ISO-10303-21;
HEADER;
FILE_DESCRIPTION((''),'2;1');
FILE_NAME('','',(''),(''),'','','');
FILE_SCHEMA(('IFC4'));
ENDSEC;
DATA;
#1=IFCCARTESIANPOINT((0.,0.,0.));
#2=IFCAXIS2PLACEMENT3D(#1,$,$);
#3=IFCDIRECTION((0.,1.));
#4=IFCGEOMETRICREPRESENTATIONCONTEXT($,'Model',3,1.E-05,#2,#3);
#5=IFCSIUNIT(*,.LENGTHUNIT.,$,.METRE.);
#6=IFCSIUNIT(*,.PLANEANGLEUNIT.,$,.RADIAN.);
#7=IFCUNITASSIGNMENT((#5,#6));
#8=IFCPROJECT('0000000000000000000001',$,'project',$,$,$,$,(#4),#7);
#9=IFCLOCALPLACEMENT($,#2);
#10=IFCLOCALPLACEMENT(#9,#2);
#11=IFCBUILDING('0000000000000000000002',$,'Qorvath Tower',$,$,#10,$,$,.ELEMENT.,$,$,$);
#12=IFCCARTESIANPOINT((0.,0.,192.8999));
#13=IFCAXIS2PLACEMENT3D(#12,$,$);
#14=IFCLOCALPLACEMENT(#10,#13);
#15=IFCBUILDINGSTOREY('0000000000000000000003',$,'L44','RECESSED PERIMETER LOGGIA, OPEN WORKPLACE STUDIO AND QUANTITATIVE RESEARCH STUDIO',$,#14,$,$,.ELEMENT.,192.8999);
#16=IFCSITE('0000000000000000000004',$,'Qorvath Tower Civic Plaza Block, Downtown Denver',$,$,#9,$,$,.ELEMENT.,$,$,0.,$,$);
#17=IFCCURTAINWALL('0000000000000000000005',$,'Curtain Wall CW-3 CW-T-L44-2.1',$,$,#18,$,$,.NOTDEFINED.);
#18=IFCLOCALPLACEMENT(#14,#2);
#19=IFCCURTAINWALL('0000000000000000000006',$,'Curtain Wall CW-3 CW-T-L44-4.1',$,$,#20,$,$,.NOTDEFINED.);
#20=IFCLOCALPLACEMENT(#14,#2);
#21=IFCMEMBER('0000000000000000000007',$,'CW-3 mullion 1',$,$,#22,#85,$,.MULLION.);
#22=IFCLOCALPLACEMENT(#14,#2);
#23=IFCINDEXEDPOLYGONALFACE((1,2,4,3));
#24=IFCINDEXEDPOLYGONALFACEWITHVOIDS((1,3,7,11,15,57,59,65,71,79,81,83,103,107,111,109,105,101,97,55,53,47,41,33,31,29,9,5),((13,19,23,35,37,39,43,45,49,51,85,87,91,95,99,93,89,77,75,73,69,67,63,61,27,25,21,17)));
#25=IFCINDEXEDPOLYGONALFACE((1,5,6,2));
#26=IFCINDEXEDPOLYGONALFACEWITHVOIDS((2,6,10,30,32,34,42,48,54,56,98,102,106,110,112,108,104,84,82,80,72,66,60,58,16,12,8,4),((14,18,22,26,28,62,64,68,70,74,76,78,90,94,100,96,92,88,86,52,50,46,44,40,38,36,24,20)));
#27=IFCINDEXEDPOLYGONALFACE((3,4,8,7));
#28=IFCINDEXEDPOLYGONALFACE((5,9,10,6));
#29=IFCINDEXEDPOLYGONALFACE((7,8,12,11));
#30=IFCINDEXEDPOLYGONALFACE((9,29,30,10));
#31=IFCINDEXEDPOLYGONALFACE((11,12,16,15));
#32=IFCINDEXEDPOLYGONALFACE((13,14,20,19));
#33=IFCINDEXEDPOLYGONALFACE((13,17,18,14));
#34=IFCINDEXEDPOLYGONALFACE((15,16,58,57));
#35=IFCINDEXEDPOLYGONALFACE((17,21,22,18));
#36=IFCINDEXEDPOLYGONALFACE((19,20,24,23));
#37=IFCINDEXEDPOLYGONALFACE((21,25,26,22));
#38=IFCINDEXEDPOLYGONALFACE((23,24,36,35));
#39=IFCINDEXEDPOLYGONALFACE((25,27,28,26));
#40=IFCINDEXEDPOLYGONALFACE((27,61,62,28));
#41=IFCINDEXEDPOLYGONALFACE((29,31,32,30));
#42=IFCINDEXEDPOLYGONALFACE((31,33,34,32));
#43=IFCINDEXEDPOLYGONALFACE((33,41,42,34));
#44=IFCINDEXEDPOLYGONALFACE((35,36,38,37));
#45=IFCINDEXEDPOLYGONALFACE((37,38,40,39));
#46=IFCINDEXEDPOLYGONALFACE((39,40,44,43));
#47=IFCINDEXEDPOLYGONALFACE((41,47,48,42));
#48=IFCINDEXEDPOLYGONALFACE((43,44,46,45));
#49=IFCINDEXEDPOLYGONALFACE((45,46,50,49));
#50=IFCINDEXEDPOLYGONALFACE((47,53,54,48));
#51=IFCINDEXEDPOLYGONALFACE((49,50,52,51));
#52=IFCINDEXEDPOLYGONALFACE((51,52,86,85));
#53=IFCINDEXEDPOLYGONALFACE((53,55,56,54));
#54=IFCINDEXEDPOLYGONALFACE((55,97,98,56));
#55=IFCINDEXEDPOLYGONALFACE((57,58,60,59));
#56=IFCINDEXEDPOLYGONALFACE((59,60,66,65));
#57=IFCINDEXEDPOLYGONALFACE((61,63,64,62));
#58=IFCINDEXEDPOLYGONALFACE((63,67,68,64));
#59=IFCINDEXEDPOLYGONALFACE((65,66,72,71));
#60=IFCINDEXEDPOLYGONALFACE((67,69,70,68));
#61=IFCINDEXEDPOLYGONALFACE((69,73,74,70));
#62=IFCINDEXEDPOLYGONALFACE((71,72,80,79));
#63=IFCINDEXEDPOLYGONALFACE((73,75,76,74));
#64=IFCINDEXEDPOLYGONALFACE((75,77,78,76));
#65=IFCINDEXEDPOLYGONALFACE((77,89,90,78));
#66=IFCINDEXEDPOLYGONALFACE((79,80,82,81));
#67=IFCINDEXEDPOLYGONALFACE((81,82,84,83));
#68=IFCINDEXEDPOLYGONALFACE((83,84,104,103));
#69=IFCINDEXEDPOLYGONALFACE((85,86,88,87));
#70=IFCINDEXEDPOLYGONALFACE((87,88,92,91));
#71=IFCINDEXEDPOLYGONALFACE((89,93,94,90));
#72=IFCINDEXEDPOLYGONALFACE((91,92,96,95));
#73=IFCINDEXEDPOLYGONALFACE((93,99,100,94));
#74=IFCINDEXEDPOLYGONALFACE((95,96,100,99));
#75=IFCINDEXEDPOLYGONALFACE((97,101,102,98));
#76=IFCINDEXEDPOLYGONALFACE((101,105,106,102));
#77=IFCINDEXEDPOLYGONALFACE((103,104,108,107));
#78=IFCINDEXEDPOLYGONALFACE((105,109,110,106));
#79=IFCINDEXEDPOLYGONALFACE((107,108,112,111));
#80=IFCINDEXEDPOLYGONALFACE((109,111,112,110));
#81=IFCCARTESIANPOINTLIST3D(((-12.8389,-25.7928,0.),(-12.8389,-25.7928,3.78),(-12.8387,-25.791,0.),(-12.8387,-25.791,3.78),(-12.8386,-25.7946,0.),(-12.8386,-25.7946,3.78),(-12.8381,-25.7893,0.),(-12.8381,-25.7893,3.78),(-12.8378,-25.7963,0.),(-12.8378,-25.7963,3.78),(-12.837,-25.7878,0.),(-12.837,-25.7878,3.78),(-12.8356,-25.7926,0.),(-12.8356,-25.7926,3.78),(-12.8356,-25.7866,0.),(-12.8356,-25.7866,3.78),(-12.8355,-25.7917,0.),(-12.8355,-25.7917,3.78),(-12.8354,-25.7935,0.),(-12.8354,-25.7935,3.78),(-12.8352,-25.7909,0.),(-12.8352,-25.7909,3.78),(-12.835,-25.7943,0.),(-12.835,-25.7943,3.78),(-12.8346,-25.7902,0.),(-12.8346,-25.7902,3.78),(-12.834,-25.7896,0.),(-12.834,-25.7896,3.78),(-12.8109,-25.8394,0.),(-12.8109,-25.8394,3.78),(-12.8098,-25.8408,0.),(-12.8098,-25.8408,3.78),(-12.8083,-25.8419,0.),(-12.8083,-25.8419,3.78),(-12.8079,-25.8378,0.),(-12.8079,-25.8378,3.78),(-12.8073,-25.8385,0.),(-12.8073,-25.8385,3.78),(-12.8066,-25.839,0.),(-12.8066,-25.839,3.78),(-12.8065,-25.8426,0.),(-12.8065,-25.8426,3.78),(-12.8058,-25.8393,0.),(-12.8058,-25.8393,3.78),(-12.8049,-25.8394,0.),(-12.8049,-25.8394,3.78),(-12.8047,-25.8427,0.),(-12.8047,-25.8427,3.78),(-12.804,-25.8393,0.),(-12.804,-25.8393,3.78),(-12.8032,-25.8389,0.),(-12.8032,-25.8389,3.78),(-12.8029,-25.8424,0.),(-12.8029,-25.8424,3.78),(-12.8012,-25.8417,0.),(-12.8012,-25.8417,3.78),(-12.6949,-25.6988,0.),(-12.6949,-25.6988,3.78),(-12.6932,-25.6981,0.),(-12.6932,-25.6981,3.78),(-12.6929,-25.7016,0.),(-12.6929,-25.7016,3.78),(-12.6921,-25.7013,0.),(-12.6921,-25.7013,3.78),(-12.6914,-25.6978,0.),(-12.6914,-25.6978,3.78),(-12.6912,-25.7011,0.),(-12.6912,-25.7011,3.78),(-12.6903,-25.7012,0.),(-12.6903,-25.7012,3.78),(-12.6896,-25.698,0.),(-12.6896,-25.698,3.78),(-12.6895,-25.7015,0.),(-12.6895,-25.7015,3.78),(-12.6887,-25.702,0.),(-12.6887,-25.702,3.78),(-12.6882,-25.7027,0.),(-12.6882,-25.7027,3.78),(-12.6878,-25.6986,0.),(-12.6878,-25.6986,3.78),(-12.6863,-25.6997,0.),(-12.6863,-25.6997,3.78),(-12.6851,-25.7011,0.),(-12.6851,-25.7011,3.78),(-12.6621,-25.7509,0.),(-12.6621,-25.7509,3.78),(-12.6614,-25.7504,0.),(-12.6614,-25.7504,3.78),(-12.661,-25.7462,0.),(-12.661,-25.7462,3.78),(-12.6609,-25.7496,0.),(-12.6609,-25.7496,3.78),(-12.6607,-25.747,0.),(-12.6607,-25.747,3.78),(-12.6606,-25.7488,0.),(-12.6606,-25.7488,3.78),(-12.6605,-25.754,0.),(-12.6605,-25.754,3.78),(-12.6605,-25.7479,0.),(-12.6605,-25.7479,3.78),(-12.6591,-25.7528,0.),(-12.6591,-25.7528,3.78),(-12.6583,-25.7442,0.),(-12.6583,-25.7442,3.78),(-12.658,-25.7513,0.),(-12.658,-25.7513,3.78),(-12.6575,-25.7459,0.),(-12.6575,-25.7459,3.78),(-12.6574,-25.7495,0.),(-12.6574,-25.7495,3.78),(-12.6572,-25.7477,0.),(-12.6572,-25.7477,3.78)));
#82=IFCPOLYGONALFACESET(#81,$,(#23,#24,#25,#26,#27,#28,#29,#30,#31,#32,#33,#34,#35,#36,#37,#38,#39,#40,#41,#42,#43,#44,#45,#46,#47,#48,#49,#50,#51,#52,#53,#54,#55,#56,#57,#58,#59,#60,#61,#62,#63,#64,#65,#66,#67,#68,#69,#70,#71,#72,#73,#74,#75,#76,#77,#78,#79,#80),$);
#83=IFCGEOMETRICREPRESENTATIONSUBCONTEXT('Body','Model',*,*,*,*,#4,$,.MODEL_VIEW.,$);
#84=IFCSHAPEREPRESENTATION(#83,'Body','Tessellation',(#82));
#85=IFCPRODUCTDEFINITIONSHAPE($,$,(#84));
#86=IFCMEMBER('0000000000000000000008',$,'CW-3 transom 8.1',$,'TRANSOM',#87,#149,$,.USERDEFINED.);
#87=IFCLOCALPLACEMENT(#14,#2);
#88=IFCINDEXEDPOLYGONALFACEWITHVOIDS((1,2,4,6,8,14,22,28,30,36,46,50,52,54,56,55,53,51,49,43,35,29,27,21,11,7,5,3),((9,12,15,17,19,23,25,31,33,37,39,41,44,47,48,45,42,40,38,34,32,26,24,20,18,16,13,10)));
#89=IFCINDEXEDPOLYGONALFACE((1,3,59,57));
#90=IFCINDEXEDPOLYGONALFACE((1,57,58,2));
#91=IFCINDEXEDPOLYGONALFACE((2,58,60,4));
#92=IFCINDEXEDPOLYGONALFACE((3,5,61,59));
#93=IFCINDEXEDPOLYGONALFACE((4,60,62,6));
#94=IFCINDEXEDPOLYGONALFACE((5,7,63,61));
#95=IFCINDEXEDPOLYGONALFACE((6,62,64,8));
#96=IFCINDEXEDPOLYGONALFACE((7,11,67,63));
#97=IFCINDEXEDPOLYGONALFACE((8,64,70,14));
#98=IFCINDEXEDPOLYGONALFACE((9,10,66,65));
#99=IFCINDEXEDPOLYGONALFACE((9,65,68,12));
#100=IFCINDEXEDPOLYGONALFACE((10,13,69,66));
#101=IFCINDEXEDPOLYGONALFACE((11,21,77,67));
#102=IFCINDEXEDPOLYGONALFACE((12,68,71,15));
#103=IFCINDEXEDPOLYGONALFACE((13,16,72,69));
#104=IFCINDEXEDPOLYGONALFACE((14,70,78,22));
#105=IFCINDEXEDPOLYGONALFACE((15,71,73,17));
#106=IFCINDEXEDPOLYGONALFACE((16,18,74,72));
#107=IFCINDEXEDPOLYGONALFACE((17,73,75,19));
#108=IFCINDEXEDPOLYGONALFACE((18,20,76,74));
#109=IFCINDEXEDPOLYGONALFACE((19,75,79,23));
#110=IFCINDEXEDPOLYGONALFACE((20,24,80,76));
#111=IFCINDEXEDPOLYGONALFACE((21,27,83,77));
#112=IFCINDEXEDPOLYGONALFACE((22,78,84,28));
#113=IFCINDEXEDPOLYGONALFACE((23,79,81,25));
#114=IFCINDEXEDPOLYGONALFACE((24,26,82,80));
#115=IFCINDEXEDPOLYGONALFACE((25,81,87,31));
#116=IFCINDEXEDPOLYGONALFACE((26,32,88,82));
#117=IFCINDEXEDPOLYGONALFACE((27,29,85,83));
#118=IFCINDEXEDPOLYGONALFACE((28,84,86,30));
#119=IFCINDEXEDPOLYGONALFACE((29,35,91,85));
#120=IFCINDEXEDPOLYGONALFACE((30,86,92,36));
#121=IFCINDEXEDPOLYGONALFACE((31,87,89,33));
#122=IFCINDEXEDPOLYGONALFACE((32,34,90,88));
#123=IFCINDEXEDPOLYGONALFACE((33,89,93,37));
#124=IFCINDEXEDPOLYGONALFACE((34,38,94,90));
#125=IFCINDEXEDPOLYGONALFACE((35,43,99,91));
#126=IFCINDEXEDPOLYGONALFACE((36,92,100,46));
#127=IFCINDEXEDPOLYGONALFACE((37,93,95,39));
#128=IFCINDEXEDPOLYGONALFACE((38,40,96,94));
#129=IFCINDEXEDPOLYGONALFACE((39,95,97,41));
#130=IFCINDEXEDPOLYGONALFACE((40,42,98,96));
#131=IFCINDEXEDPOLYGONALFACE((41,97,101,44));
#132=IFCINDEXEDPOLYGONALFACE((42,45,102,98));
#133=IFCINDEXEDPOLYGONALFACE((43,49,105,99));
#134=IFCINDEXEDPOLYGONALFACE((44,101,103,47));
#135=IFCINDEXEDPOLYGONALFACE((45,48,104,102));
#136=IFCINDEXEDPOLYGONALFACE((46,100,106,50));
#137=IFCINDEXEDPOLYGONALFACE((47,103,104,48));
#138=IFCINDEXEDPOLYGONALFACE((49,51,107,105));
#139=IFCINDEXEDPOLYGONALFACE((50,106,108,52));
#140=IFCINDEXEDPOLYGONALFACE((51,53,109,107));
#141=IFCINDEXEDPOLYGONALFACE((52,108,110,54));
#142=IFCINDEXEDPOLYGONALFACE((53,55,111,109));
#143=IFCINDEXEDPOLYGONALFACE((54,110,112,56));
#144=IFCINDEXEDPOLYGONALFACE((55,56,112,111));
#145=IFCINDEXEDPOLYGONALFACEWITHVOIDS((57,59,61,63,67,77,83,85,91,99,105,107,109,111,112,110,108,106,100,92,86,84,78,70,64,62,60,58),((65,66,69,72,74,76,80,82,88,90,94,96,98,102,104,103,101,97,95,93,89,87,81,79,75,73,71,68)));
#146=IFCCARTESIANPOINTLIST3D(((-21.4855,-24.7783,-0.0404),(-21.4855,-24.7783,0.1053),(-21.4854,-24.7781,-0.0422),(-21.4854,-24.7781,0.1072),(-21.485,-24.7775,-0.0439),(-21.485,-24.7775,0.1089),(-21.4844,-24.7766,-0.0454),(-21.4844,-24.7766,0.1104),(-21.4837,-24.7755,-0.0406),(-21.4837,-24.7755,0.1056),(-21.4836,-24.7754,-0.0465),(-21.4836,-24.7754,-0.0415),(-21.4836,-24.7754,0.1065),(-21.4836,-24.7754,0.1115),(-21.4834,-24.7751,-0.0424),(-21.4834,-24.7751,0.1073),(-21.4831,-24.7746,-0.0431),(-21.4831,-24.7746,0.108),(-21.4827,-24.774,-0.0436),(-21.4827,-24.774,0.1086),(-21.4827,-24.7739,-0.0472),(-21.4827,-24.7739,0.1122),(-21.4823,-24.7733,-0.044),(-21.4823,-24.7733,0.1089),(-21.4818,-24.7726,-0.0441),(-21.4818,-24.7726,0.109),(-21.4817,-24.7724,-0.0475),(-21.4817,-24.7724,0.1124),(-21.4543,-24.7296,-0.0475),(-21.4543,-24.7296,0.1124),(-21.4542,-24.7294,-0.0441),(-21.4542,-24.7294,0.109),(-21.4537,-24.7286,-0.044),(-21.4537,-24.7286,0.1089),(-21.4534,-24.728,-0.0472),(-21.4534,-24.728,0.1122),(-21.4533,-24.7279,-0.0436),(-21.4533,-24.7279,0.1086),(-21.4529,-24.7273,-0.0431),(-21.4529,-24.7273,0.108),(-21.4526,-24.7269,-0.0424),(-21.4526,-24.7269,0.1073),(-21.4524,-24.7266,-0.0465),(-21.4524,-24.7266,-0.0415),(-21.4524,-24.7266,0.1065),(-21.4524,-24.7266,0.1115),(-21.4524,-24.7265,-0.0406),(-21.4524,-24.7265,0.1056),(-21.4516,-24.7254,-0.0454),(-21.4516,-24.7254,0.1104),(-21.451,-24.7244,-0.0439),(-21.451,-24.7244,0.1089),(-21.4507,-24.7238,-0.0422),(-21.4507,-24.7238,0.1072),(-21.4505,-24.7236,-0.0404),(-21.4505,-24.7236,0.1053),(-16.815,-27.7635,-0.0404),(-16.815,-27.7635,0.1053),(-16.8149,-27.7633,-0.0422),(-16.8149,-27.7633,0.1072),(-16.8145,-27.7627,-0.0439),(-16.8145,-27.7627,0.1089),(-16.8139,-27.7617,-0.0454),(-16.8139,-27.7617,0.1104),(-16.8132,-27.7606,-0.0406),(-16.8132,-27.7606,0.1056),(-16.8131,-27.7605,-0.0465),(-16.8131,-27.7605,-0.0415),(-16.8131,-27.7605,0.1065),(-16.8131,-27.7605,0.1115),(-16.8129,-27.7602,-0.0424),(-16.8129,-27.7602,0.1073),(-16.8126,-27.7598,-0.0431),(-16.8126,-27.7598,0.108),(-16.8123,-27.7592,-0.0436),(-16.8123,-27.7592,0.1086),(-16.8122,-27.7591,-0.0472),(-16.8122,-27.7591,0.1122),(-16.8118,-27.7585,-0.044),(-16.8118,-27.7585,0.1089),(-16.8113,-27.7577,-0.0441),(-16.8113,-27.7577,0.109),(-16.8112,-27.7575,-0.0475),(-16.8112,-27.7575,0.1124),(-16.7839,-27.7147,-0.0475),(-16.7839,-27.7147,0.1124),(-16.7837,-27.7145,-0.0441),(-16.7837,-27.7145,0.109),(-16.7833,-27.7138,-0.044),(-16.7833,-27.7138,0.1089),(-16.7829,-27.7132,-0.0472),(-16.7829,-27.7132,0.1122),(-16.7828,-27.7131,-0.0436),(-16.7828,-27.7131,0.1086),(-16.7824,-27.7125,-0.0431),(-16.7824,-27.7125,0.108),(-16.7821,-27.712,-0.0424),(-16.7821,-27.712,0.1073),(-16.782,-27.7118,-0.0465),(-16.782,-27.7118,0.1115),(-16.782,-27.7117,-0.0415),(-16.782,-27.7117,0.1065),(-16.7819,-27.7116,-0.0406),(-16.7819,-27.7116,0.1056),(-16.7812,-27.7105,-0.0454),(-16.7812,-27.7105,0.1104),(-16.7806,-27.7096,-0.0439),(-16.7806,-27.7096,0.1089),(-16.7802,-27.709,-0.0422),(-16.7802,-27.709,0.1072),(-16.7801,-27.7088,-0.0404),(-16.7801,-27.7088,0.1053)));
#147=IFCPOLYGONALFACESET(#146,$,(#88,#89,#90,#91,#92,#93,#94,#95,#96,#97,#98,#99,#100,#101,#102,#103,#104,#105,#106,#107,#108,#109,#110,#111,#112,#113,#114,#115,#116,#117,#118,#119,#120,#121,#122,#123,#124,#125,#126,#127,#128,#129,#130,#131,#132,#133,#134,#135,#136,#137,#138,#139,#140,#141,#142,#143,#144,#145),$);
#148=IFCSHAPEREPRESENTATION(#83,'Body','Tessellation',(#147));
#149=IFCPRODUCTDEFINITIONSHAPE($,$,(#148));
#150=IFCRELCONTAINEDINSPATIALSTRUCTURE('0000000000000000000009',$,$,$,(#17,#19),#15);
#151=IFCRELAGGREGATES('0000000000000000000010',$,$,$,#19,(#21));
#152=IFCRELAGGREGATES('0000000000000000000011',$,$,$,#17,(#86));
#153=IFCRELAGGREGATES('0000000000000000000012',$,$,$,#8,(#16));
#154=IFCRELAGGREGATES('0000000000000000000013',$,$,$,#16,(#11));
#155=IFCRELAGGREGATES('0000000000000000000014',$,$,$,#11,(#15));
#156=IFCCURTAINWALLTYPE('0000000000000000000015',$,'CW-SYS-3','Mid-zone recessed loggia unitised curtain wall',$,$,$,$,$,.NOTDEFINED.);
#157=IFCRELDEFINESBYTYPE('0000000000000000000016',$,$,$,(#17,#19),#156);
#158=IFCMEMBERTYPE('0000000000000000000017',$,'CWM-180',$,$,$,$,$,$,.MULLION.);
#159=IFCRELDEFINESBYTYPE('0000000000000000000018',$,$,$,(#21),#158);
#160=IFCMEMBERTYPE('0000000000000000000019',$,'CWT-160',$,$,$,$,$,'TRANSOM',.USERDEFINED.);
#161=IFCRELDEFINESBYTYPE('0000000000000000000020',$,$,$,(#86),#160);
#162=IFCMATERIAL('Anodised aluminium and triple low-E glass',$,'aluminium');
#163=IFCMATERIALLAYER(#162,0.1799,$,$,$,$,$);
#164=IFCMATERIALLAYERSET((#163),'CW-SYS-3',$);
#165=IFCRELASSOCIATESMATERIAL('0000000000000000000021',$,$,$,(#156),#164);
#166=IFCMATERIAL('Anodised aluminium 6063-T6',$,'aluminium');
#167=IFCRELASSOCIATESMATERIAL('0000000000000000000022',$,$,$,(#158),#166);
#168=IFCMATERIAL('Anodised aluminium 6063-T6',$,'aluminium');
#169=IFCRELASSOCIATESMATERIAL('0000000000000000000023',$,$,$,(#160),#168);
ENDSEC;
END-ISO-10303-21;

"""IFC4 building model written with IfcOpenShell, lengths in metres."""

from ifc_helpers import new_model, si_unit, direction, frame, origin, origin_2d, place, context, subcontext, project, spatial, hollow_rectangle, extrude, material, layer, layer_set, material_profile, profile_set, type_object, element, aggregate, save


model = new_model("IFC4")

# Units and contexts
model_context = context("Model", 3, precision=1e-05, world=origin(), true_north=direction((0.0, 1.0)))
body_context = subcontext(model_context, "Body", "Model", "MODEL_VIEW")
ifc_project = project(units=[si_unit("LENGTHUNIT", "METRE"), si_unit("PLANEANGLEUNIT", "RADIAN")], contexts=[model_context])

# Site, building, storey
site_placement = place(None, origin())
site = spatial("IfcSite", under=ifc_project, at=site_placement, Name="Qorvath Tower Civic Plaza Block, Downtown Denver", CompositionType="ELEMENT", RefElevation=0.0)
building_placement = place(site_placement, origin())
building = spatial("IfcBuilding", under=site, at=building_placement, Name="Qorvath Tower", CompositionType="ELEMENT")
storey_placement = place(building_placement, frame((0.0, 0.0, 192.8999)))
storey = spatial("IfcBuildingStorey", under=building, at=storey_placement, Name="L44", Description="RECESSED PERIMETER LOGGIA, OPEN WORKPLACE STUDIO AND QUANTITATIVE RESEARCH STUDIO", CompositionType="ELEMENT", Elevation=192.8999)

# Curtain wall
ifc_material_1 = material(Name="Anodised aluminium and triple low-E glass", Category="aluminium")
ifc_layer_1 = layer(ifc_material_1, 0.1799)
ifc_layer_set_1 = layer_set([ifc_layer_1], Name="CW-SYS-3")
curtain_wall_type = type_object("IfcCurtainWallType", Name="CW-SYS-3", Description="Mid-zone recessed loggia unitised curtain wall", PredefinedType="NOTDEFINED", material=ifc_layer_set_1)
curtain_wall_1_placement = place(storey_placement, origin())
curtain_wall_1 = element("IfcCurtainWall", 1, at=curtain_wall_1_placement, inside=storey, type_object=curtain_wall_type, Name="Curtain Wall CW-3 CW-T-L44-2.1", PredefinedType="NOTDEFINED")
ifc_material_2 = material(Name="Anodised aluminium 6063-T6", Category="aluminium")
ifc_material_profile_1 = material_profile(ifc_material_2, hollow_rectangle(XDim=0.0649, YDim=0.1799, WallThickness=0.0034, InnerFilletRadius=0.0034, OuterFilletRadius=0.0071, at=origin_2d()), Name="CWM 180x65")
ifc_profile_set_1 = profile_set([ifc_material_profile_1], Name="Anodised aluminium 6063-T6")
member_type_1 = type_object("IfcMemberType", Name="CWM-180", PredefinedType="MULLION", material=ifc_profile_set_1)

# Curtain wall, member
curtain_wall_2_placement = place(storey_placement, origin())
curtain_wall_2 = element("IfcCurtainWall", 2, at=curtain_wall_2_placement, inside=storey, type_object=curtain_wall_type, Name="Curtain Wall CW-3 CW-T-L44-4.1", PredefinedType="NOTDEFINED")
member_1_placement = place(storey_placement, frame((-12.748, -25.7703, 0.0), z_axis=(0.0, 0.0, 1.0), x_axis=(-0.529206, 0.848493, 0.0)))
member_1 = element("IfcMember", 3, at=member_1_placement, type_object=member_type_1, Name="CW-3 mullion 1", PredefinedType="MULLION", context=body_context, shape_type="SweptSolid", body=[
    extrude(hollow_rectangle(XDim=0.0649, YDim=0.1799, WallThickness=0.0034, InnerFilletRadius=0.0034, OuterFilletRadius=0.0071, at=origin_2d()), origin(), (0.0, 0.0, 1.0), 3.78),
])

# Member
ifc_material_3 = material(Name="Anodised aluminium 6063-T6", Category="aluminium")
ifc_material_profile_2 = material_profile(ifc_material_3, hollow_rectangle(XDim=0.0649, YDim=0.1599, WallThickness=0.0034, InnerFilletRadius=0.0034, OuterFilletRadius=0.0071, at=origin_2d()), Name="CWT 160x65")
ifc_profile_set_2 = profile_set([ifc_material_profile_2], Name="Anodised aluminium 6063-T6")
member_type_2 = type_object("IfcMemberType", Name="CWT-160", ElementType="TRANSOM", PredefinedType="USERDEFINED", material=ifc_profile_set_2)
member_2_placement = place(storey_placement, frame((-21.468, -24.751, 0.0325), z_axis=(0.842595, -0.538547, 0.0), x_axis=(0.538547, 0.842595, 0.0)))
member_2 = element("IfcMember", 4, at=member_2_placement, type_object=member_type_2, Name="CW-3 transom 8.1", ObjectType="TRANSOM", PredefinedType="USERDEFINED", context=body_context, shape_type="SweptSolid", body=[
    extrude(hollow_rectangle(XDim=0.0649, YDim=0.1599, WallThickness=0.0034, InnerFilletRadius=0.0034, OuterFilletRadius=0.0071, at=origin_2d()), origin(), (0.0, 0.0, 1.0), 5.543),
])
aggregate(curtain_wall_2, [member_1])

aggregate(curtain_wall_1, [member_2])

save(model, "model.ifc")
